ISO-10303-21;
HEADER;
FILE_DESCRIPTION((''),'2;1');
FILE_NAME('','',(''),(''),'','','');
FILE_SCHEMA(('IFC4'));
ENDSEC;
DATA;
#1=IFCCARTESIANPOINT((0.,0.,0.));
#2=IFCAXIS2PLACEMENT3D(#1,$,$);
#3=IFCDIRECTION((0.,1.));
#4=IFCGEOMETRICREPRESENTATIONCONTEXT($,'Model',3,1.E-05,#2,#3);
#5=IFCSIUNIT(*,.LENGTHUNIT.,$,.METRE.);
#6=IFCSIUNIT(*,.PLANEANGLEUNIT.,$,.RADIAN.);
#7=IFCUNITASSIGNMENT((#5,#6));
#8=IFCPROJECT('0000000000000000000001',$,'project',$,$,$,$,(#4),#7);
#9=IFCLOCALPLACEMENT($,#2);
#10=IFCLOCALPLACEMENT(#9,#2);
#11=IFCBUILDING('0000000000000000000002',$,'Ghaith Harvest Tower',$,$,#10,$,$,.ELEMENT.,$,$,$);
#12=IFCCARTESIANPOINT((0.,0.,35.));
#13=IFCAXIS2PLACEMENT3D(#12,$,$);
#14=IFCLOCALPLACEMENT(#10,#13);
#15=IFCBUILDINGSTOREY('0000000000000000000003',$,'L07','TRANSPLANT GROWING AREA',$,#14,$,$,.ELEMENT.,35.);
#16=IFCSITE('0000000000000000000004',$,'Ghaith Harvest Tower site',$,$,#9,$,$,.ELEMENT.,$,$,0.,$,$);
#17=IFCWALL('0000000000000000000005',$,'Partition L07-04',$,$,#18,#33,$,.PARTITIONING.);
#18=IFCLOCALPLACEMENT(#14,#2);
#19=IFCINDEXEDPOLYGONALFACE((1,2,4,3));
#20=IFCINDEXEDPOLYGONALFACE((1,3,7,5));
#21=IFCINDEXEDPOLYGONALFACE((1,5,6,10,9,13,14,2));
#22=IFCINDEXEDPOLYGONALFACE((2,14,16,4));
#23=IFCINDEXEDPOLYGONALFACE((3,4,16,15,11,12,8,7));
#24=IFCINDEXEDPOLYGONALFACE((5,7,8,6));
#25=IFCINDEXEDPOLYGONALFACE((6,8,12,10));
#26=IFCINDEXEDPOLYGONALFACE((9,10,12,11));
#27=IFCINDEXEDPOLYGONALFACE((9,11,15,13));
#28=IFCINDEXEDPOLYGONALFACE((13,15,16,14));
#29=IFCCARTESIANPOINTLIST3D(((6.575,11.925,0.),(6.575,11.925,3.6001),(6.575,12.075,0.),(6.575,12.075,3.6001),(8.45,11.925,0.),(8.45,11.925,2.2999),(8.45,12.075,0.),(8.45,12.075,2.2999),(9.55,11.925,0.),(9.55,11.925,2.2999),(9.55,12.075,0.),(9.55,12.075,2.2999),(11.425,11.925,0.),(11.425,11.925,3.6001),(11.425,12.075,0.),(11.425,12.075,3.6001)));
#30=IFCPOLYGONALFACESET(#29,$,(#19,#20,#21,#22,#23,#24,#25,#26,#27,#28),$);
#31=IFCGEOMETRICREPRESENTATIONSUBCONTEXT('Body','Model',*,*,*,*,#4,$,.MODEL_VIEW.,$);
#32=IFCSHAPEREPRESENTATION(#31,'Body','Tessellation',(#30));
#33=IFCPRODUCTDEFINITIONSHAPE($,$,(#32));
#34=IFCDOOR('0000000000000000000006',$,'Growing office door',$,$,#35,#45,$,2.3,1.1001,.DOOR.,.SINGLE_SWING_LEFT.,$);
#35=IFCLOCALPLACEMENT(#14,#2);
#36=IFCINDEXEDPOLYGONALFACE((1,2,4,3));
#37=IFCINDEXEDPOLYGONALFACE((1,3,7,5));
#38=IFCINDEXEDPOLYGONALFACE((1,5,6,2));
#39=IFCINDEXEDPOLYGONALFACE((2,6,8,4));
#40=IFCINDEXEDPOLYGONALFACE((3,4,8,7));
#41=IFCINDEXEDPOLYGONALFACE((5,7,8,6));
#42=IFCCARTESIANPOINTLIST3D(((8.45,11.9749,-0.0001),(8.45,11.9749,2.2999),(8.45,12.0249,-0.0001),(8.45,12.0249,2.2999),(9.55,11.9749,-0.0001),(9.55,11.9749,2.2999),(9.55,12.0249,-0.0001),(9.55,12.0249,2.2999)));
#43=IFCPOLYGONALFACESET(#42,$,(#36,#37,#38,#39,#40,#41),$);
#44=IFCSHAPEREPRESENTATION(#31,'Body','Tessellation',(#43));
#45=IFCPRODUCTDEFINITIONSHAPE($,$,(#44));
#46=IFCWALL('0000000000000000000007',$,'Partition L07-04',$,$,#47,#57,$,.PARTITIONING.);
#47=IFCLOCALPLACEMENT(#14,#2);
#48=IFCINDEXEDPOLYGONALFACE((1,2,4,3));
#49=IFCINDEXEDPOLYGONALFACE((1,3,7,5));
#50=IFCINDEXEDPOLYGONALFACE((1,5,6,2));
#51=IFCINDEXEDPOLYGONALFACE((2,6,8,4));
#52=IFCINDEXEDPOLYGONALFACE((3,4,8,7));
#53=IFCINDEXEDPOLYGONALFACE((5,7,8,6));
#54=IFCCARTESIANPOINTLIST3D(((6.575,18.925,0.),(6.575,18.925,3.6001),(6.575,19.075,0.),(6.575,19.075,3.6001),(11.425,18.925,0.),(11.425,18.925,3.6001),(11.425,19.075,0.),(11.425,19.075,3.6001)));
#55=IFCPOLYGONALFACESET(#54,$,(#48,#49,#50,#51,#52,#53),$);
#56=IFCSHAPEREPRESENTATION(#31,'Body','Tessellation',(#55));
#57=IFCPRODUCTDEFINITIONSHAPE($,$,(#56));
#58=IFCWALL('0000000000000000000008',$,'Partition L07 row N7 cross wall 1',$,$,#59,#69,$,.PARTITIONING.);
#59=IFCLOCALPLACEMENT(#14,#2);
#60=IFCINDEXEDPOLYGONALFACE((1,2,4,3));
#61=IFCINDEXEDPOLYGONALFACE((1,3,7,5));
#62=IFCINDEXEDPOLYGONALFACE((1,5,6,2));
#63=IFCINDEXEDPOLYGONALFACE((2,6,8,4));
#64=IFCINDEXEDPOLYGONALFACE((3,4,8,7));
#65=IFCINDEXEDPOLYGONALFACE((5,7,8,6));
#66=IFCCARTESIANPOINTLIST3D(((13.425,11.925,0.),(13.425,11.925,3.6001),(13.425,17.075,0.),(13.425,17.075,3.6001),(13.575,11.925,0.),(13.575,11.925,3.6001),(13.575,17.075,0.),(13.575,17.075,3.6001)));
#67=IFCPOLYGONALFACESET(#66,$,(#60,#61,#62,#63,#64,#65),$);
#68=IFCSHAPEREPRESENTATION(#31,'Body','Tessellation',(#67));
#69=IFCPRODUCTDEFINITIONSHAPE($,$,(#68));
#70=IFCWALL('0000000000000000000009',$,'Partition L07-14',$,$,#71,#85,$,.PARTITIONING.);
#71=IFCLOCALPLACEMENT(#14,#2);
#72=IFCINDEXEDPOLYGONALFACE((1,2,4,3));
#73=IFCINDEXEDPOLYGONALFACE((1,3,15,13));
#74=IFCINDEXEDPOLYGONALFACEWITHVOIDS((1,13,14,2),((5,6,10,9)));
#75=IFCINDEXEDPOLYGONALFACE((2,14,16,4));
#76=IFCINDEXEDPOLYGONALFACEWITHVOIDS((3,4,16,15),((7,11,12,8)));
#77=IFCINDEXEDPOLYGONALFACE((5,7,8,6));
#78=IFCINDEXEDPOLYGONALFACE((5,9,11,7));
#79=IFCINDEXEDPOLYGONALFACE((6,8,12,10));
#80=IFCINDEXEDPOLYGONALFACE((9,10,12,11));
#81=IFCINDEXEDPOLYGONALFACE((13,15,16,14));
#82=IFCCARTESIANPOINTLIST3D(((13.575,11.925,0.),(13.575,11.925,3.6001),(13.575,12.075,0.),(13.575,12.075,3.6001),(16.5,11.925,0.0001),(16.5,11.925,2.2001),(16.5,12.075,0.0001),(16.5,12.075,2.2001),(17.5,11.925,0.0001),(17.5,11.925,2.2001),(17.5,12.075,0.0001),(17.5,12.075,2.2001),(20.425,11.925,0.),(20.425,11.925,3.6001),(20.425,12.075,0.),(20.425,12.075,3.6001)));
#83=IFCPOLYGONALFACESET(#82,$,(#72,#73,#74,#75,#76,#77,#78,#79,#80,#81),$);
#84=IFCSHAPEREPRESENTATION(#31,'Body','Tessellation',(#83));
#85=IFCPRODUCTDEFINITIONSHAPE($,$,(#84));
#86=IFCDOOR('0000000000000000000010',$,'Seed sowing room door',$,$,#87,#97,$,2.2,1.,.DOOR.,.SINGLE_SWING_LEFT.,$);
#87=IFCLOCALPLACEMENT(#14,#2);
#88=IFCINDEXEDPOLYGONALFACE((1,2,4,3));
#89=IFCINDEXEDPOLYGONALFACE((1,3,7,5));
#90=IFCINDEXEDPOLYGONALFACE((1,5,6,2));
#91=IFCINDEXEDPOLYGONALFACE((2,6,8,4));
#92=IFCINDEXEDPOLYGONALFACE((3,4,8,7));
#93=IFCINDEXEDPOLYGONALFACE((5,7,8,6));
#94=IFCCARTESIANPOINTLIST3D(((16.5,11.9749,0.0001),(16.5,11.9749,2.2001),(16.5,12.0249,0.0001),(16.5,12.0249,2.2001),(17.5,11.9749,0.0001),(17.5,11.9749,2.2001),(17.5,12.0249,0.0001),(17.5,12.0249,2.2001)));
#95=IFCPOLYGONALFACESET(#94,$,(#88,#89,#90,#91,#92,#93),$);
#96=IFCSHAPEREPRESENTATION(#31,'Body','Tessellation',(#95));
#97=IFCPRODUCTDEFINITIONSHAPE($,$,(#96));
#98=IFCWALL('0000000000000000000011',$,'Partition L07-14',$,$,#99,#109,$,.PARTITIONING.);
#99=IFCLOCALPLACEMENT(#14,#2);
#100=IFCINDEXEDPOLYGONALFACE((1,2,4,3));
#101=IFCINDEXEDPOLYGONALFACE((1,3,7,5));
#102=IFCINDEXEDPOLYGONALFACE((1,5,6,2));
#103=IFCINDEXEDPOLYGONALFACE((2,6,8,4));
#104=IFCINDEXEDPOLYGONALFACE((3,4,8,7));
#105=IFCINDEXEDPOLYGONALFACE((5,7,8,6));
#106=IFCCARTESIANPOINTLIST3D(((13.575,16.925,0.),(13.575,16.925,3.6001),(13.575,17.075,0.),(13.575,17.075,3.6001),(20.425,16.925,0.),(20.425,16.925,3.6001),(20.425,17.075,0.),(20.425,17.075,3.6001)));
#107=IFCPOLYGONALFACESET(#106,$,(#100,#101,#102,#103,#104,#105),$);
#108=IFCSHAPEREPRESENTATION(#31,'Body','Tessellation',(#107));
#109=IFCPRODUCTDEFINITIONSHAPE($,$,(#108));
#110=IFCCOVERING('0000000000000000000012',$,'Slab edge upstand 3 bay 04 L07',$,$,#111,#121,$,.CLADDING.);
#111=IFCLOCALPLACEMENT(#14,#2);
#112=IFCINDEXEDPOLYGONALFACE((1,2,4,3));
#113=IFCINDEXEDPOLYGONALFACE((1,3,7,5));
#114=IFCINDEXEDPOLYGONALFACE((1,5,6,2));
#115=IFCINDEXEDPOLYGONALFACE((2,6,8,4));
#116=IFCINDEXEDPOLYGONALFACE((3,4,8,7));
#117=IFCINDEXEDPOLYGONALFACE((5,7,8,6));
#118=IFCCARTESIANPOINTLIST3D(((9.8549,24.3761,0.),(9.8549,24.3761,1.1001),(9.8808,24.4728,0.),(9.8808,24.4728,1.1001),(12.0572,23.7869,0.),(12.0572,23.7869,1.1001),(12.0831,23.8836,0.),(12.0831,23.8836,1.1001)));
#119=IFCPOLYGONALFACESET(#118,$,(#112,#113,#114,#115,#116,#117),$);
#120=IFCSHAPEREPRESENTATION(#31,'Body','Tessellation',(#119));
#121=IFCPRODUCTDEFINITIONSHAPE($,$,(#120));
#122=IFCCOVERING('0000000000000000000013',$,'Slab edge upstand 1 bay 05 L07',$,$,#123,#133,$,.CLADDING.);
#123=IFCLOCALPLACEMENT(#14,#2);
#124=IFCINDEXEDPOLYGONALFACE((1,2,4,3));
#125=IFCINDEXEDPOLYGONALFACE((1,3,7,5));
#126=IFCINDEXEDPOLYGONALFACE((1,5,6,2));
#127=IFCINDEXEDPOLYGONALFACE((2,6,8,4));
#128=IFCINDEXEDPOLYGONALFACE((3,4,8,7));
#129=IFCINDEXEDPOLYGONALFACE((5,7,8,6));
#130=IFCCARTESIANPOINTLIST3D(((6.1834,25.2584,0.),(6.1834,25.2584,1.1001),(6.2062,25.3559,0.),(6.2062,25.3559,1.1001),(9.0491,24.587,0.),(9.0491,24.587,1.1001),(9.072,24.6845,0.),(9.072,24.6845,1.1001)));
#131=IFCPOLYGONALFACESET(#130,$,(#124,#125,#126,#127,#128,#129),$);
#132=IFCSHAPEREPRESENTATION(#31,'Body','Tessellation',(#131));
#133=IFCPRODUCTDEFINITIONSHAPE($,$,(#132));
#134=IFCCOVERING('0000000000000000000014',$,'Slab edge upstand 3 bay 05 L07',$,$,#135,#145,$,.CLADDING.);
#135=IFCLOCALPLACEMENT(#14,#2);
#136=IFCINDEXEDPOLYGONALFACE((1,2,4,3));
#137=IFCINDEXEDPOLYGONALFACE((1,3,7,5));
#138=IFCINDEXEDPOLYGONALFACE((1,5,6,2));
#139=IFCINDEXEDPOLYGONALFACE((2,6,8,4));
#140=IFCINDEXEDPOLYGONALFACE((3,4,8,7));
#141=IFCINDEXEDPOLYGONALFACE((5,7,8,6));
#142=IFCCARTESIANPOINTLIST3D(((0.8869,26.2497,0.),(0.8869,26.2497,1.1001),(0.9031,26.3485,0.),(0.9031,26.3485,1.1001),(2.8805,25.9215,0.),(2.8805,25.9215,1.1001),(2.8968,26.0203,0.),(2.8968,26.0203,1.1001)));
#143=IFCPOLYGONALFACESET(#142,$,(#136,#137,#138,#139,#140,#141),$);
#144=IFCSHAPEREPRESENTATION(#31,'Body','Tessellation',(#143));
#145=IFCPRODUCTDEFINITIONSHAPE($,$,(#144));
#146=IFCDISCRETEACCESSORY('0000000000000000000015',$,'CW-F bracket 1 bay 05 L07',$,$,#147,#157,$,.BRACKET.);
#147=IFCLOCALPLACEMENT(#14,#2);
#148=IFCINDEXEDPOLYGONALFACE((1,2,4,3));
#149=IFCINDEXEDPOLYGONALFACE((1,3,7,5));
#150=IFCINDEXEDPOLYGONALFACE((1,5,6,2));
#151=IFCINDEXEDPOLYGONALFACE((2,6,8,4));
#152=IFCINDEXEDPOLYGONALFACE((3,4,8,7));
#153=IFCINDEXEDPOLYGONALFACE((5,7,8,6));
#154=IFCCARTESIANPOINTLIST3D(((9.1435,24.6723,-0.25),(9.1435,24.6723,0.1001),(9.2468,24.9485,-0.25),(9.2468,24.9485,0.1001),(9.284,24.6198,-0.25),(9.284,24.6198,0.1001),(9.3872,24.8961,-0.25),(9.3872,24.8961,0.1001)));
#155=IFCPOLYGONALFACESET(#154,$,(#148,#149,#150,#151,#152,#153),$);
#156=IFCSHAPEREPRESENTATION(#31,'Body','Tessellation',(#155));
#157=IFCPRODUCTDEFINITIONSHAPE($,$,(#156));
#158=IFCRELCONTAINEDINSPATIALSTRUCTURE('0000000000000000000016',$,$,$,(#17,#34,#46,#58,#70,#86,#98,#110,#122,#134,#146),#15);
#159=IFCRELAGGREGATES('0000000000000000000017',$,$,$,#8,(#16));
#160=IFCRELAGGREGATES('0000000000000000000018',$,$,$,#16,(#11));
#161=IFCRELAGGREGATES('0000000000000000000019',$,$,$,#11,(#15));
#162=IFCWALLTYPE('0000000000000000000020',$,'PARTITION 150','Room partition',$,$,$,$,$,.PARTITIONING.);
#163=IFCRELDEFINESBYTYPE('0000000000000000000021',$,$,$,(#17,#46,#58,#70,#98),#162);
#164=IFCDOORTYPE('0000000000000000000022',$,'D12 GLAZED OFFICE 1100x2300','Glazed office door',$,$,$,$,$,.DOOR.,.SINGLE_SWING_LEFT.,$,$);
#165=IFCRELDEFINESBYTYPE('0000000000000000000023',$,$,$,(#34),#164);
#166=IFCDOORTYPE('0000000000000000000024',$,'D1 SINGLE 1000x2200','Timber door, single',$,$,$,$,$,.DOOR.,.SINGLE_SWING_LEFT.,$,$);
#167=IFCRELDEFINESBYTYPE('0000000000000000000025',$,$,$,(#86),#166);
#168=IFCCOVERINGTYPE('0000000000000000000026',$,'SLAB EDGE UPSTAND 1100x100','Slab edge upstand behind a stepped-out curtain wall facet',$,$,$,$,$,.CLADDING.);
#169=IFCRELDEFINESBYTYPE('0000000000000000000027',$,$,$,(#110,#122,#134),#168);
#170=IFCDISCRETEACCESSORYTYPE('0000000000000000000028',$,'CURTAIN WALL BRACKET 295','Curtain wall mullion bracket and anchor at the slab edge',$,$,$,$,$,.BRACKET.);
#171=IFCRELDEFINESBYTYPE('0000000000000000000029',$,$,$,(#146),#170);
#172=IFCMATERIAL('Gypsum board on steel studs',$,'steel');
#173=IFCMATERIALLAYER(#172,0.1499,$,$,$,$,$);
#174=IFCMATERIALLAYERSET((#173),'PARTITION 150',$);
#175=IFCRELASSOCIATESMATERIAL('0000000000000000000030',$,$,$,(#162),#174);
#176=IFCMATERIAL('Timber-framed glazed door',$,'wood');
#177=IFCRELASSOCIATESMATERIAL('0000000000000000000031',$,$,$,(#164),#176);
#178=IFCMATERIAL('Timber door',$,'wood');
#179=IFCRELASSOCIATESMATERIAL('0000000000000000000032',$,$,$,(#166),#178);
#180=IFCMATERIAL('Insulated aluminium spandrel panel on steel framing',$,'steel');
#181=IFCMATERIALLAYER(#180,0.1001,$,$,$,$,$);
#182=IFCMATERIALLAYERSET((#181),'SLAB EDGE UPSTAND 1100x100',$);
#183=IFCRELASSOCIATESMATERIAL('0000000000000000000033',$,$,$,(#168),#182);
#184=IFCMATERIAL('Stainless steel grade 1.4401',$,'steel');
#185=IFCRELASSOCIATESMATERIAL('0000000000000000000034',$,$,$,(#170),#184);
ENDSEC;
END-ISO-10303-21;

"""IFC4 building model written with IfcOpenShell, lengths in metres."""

from ifc_helpers import new_model, si_unit, direction, frame, frame_2d, origin, origin_2d, place, context, subcontext, project, spatial, rectangle, extrude, material, layer, layer_set, type_object, element, fill, save


model = new_model("IFC4")

# Units and contexts
model_context = context("Model", 3, precision=1e-05, world=origin(), true_north=direction((0.0, 1.0)))
body_context = subcontext(model_context, "Body", "Model", "MODEL_VIEW")
ifc_project = project(units=[si_unit("LENGTHUNIT", "METRE"), si_unit("PLANEANGLEUNIT", "RADIAN")], contexts=[model_context])

# Site, building, storey
site_placement = place(None, origin())
site = spatial("IfcSite", under=ifc_project, at=site_placement, Name="Ghaith Harvest Tower site", CompositionType="ELEMENT", RefElevation=0.0)
building_placement = place(site_placement, origin())
building = spatial("IfcBuilding", under=site, at=building_placement, Name="Ghaith Harvest Tower", CompositionType="ELEMENT")
storey_placement = place(building_placement, frame((0.0, 0.0, 35.0)))
storey = spatial("IfcBuildingStorey", under=building, at=storey_placement, Name="L07", Description="TRANSPLANT GROWING AREA", CompositionType="ELEMENT", Elevation=35.0)

# Shared definitions
ifc_material_1 = material(Name="Gypsum board on steel studs", Category="steel")
ifc_layer_1 = layer(ifc_material_1, 0.1499)
ifc_layer_set_1 = layer_set([ifc_layer_1], Name="PARTITION 150")
wall_type_1 = type_object("IfcWallType", Name="PARTITION 150", Description="Room partition", PredefinedType="PARTITIONING", material=ifc_layer_set_1)

# Wall, opening, door
wall_1_placement = place(storey_placement, frame((6.575, 12.0, 0.0), z_axis=(0.0, 0.0, 1.0), x_axis=(1.0, 0.0, 0.0)))
wall_1 = element("IfcWall", 1, at=wall_1_placement, inside=storey, type_object=wall_type_1, Name="Partition L07-04", PredefinedType="PARTITIONING", context=body_context, shape_type="SweptSolid", body=[
    extrude(rectangle(XDim=4.8501, YDim=0.1499, at=frame_2d((2.425, 0.0))), origin(), (0.0, 0.0, 1.0), 3.6001),
])
opening_1_placement = place(wall_1_placement, frame((1.875, 0.0, 0.0)))
opening_1 = element("IfcOpeningElement", 2, at=opening_1_placement, cuts=wall_1, PredefinedType="OPENING", context=body_context, shape_type="SweptSolid", body=[
    extrude(rectangle(XDim=1.1001, YDim=2.3, at=frame_2d((0.55, 1.1499))), frame((0.0, 0.085, 0.0), z_axis=(0.0, -1.0, 0.0), x_axis=(1.0, 0.0, 0.0)), (0.0, 0.0, 1.0), 0.1699),
])
ifc_material_2 = material(Name="Timber-framed glazed door", Category="wood")
door_type_1 = type_object("IfcDoorType", Name="D12 GLAZED OFFICE 1100x2300", Description="Glazed office door", OperationType="SINGLE_SWING_LEFT", PredefinedType="DOOR", material=ifc_material_2)
door_1_placement = place(opening_1_placement, origin())
door_1 = element("IfcDoor", 3, at=door_1_placement, inside=storey, type_object=door_type_1, Name="Growing office door", OperationType="SINGLE_SWING_LEFT", OverallHeight=2.3, OverallWidth=1.1001, PredefinedType="DOOR", context=body_context, shape_type="SweptSolid", body=[
    extrude(rectangle(XDim=1.1001, YDim=2.3, at=frame_2d((0.55, 1.1499))), frame((0.0, 0.0249, 0.0), z_axis=(0.0, -1.0, 0.0), x_axis=(1.0, 0.0, 0.0)), (0.0, 0.0, 1.0), 0.05),
])
fill(opening_1, door_1)

# Walls
wall_2_placement = place(storey_placement, frame((6.575, 19.0, 0.0), z_axis=(0.0, 0.0, 1.0), x_axis=(1.0, 0.0, 0.0)))
element("IfcWall", 4, at=wall_2_placement, inside=storey, type_object=wall_type_1, Name="Partition L07-04", PredefinedType="PARTITIONING", context=body_context, shape_type="SweptSolid", body=[
    extrude(rectangle(XDim=4.8501, YDim=0.1499, at=frame_2d((2.425, 0.0))), origin(), (0.0, 0.0, 1.0), 3.6001),
])
wall_3_placement = place(storey_placement, frame((13.5, 11.925, 0.0), z_axis=(0.0, 0.0, 1.0), x_axis=(0.0, 1.0, 0.0)))
element("IfcWall", 5, at=wall_3_placement, inside=storey, type_object=wall_type_1, Name="Partition L07 row N7 cross wall 1", PredefinedType="PARTITIONING", context=body_context, shape_type="SweptSolid", body=[
    extrude(rectangle(XDim=5.1499, YDim=0.1499, at=frame_2d((2.575, 0.0))), origin(), (0.0, 0.0, 1.0), 3.6001),
])

# Wall, opening, door
wall_4_placement = place(storey_placement, frame((13.575, 12.0, 0.0), z_axis=(0.0, 0.0, 1.0), x_axis=(1.0, 0.0, 0.0)))
wall_4 = element("IfcWall", 6, at=wall_4_placement, inside=storey, type_object=wall_type_1, Name="Partition L07-14", PredefinedType="PARTITIONING", context=body_context, shape_type="SweptSolid", body=[
    extrude(rectangle(XDim=6.8501, YDim=0.1499, at=frame_2d((3.425, 0.0))), origin(), (0.0, 0.0, 1.0), 3.6001),
])
opening_2_placement = place(wall_4_placement, frame((2.925, 0.0, 0.0)))
opening_2 = element("IfcOpeningElement", 7, at=opening_2_placement, cuts=wall_4, PredefinedType="OPENING", context=body_context, shape_type="SweptSolid", body=[
    extrude(rectangle(XDim=1.0, YDim=2.2, at=frame_2d((0.5, 1.1001))), frame((0.0, 0.085, 0.0), z_axis=(0.0, -1.0, 0.0), x_axis=(1.0, 0.0, 0.0)), (0.0, 0.0, 1.0), 0.1699),
])
ifc_material_3 = material(Name="Timber door", Category="wood")
door_type_2 = type_object("IfcDoorType", Name="D1 SINGLE 1000x2200", Description="Timber door, single", OperationType="SINGLE_SWING_LEFT", PredefinedType="DOOR", material=ifc_material_3)
door_2_placement = place(opening_2_placement, origin())
door_2 = element("IfcDoor", 8, at=door_2_placement, inside=storey, type_object=door_type_2, Name="Seed sowing room door", OperationType="SINGLE_SWING_LEFT", OverallHeight=2.2, OverallWidth=1.0, PredefinedType="DOOR", context=body_context, shape_type="SweptSolid", body=[
    extrude(rectangle(XDim=1.0, YDim=2.2, at=frame_2d((0.5, 1.1001))), frame((0.0, 0.0249, 0.0), z_axis=(0.0, -1.0, 0.0), x_axis=(1.0, 0.0, 0.0)), (0.0, 0.0, 1.0), 0.05),
])
fill(opening_2, door_2)

# Wall
wall_5_placement = place(storey_placement, frame((13.575, 17.0, 0.0), z_axis=(0.0, 0.0, 1.0), x_axis=(1.0, 0.0, 0.0)))
element("IfcWall", 9, at=wall_5_placement, inside=storey, type_object=wall_type_1, Name="Partition L07-14", PredefinedType="PARTITIONING", context=body_context, shape_type="SweptSolid", body=[
    extrude(rectangle(XDim=6.8501, YDim=0.1499, at=frame_2d((3.425, 0.0))), origin(), (0.0, 0.0, 1.0), 3.6001),
])

# Coverings
ifc_material_4 = material(Name="Insulated aluminium spandrel panel on steel framing", Category="steel")
ifc_layer_2 = layer(ifc_material_4, 0.1001)
ifc_layer_set_2 = layer_set([ifc_layer_2], Name="SLAB EDGE UPSTAND 1100x100")
covering_type = type_object("IfcCoveringType", Name="SLAB EDGE UPSTAND 1100x100", Description="Slab edge upstand behind a stepped-out curtain wall facet", PredefinedType="CLADDING", material=ifc_layer_set_2)
covering_1_placement = place(storey_placement, frame((10.969, 24.1299, 0.0), z_axis=(0.0, 0.0, 1.0), x_axis=(-0.966024, 0.258451, 0.0)))
element("IfcCovering", 10, at=covering_1_placement, inside=storey, type_object=covering_type, Name="Slab edge upstand 3 bay 04 L07", PredefinedType="CLADDING", context=body_context, shape_type="SweptSolid", body=[
    extrude(rectangle(XDim=2.2798, YDim=0.1001, at=origin_2d()), origin(), (0.0, 0.0, 1.0), 1.1001),
])
covering_2_placement = place(storey_placement, frame((7.6277, 24.9714, 0.0), z_axis=(0.0, 0.0, 1.0), x_axis=(-0.973634, 0.228115, 0.0)))
element("IfcCovering", 11, at=covering_2_placement, inside=storey, type_object=covering_type, Name="Slab edge upstand 1 bay 05 L07", PredefinedType="CLADDING", context=body_context, shape_type="SweptSolid", body=[
    extrude(rectangle(XDim=2.9434, YDim=0.1001, at=origin_2d()), origin(), (0.0, 0.0, 1.0), 1.1001),
])
covering_3_placement = place(storey_placement, frame((1.8918, 26.135, 0.0), z_axis=(0.0, 0.0, 1.0), x_axis=(-0.986716, 0.162453, 0.0)))
element("IfcCovering", 12, at=covering_3_placement, inside=storey, type_object=covering_type, Name="Slab edge upstand 3 bay 05 L07", PredefinedType="CLADDING", context=body_context, shape_type="SweptSolid", body=[
    extrude(rectangle(XDim=2.0205, YDim=0.1001, at=origin_2d()), origin(), (0.0, 0.0, 1.0), 1.1001),
])

# Discrete accessory
ifc_material_5 = material(Name="Stainless steel grade 1.4401", Category="steel")
discrete_accessory_type = type_object("IfcDiscreteAccessoryType", Name="CURTAIN WALL BRACKET 295", Description="Curtain wall mullion bracket and anchor at the slab edge", PredefinedType="BRACKET", material=ifc_material_5)
discrete_accessory_placement = place(storey_placement, frame((9.2654, 24.7842, -0.25), z_axis=(0.0, 0.0, 1.0), x_axis=(0.350168, 0.936687, 0.0)))
element("IfcDiscreteAccessory", 13, at=discrete_accessory_placement, inside=storey, type_object=discrete_accessory_type, Name="CW-F bracket 1 bay 05 L07", PredefinedType="BRACKET", context=body_context, shape_type="SweptSolid", body=[
    extrude(rectangle(XDim=0.2949, YDim=0.1499, at=origin_2d()), origin(), (0.0, 0.0, 1.0), 0.3501),
])

save(model, "model.ifc")
